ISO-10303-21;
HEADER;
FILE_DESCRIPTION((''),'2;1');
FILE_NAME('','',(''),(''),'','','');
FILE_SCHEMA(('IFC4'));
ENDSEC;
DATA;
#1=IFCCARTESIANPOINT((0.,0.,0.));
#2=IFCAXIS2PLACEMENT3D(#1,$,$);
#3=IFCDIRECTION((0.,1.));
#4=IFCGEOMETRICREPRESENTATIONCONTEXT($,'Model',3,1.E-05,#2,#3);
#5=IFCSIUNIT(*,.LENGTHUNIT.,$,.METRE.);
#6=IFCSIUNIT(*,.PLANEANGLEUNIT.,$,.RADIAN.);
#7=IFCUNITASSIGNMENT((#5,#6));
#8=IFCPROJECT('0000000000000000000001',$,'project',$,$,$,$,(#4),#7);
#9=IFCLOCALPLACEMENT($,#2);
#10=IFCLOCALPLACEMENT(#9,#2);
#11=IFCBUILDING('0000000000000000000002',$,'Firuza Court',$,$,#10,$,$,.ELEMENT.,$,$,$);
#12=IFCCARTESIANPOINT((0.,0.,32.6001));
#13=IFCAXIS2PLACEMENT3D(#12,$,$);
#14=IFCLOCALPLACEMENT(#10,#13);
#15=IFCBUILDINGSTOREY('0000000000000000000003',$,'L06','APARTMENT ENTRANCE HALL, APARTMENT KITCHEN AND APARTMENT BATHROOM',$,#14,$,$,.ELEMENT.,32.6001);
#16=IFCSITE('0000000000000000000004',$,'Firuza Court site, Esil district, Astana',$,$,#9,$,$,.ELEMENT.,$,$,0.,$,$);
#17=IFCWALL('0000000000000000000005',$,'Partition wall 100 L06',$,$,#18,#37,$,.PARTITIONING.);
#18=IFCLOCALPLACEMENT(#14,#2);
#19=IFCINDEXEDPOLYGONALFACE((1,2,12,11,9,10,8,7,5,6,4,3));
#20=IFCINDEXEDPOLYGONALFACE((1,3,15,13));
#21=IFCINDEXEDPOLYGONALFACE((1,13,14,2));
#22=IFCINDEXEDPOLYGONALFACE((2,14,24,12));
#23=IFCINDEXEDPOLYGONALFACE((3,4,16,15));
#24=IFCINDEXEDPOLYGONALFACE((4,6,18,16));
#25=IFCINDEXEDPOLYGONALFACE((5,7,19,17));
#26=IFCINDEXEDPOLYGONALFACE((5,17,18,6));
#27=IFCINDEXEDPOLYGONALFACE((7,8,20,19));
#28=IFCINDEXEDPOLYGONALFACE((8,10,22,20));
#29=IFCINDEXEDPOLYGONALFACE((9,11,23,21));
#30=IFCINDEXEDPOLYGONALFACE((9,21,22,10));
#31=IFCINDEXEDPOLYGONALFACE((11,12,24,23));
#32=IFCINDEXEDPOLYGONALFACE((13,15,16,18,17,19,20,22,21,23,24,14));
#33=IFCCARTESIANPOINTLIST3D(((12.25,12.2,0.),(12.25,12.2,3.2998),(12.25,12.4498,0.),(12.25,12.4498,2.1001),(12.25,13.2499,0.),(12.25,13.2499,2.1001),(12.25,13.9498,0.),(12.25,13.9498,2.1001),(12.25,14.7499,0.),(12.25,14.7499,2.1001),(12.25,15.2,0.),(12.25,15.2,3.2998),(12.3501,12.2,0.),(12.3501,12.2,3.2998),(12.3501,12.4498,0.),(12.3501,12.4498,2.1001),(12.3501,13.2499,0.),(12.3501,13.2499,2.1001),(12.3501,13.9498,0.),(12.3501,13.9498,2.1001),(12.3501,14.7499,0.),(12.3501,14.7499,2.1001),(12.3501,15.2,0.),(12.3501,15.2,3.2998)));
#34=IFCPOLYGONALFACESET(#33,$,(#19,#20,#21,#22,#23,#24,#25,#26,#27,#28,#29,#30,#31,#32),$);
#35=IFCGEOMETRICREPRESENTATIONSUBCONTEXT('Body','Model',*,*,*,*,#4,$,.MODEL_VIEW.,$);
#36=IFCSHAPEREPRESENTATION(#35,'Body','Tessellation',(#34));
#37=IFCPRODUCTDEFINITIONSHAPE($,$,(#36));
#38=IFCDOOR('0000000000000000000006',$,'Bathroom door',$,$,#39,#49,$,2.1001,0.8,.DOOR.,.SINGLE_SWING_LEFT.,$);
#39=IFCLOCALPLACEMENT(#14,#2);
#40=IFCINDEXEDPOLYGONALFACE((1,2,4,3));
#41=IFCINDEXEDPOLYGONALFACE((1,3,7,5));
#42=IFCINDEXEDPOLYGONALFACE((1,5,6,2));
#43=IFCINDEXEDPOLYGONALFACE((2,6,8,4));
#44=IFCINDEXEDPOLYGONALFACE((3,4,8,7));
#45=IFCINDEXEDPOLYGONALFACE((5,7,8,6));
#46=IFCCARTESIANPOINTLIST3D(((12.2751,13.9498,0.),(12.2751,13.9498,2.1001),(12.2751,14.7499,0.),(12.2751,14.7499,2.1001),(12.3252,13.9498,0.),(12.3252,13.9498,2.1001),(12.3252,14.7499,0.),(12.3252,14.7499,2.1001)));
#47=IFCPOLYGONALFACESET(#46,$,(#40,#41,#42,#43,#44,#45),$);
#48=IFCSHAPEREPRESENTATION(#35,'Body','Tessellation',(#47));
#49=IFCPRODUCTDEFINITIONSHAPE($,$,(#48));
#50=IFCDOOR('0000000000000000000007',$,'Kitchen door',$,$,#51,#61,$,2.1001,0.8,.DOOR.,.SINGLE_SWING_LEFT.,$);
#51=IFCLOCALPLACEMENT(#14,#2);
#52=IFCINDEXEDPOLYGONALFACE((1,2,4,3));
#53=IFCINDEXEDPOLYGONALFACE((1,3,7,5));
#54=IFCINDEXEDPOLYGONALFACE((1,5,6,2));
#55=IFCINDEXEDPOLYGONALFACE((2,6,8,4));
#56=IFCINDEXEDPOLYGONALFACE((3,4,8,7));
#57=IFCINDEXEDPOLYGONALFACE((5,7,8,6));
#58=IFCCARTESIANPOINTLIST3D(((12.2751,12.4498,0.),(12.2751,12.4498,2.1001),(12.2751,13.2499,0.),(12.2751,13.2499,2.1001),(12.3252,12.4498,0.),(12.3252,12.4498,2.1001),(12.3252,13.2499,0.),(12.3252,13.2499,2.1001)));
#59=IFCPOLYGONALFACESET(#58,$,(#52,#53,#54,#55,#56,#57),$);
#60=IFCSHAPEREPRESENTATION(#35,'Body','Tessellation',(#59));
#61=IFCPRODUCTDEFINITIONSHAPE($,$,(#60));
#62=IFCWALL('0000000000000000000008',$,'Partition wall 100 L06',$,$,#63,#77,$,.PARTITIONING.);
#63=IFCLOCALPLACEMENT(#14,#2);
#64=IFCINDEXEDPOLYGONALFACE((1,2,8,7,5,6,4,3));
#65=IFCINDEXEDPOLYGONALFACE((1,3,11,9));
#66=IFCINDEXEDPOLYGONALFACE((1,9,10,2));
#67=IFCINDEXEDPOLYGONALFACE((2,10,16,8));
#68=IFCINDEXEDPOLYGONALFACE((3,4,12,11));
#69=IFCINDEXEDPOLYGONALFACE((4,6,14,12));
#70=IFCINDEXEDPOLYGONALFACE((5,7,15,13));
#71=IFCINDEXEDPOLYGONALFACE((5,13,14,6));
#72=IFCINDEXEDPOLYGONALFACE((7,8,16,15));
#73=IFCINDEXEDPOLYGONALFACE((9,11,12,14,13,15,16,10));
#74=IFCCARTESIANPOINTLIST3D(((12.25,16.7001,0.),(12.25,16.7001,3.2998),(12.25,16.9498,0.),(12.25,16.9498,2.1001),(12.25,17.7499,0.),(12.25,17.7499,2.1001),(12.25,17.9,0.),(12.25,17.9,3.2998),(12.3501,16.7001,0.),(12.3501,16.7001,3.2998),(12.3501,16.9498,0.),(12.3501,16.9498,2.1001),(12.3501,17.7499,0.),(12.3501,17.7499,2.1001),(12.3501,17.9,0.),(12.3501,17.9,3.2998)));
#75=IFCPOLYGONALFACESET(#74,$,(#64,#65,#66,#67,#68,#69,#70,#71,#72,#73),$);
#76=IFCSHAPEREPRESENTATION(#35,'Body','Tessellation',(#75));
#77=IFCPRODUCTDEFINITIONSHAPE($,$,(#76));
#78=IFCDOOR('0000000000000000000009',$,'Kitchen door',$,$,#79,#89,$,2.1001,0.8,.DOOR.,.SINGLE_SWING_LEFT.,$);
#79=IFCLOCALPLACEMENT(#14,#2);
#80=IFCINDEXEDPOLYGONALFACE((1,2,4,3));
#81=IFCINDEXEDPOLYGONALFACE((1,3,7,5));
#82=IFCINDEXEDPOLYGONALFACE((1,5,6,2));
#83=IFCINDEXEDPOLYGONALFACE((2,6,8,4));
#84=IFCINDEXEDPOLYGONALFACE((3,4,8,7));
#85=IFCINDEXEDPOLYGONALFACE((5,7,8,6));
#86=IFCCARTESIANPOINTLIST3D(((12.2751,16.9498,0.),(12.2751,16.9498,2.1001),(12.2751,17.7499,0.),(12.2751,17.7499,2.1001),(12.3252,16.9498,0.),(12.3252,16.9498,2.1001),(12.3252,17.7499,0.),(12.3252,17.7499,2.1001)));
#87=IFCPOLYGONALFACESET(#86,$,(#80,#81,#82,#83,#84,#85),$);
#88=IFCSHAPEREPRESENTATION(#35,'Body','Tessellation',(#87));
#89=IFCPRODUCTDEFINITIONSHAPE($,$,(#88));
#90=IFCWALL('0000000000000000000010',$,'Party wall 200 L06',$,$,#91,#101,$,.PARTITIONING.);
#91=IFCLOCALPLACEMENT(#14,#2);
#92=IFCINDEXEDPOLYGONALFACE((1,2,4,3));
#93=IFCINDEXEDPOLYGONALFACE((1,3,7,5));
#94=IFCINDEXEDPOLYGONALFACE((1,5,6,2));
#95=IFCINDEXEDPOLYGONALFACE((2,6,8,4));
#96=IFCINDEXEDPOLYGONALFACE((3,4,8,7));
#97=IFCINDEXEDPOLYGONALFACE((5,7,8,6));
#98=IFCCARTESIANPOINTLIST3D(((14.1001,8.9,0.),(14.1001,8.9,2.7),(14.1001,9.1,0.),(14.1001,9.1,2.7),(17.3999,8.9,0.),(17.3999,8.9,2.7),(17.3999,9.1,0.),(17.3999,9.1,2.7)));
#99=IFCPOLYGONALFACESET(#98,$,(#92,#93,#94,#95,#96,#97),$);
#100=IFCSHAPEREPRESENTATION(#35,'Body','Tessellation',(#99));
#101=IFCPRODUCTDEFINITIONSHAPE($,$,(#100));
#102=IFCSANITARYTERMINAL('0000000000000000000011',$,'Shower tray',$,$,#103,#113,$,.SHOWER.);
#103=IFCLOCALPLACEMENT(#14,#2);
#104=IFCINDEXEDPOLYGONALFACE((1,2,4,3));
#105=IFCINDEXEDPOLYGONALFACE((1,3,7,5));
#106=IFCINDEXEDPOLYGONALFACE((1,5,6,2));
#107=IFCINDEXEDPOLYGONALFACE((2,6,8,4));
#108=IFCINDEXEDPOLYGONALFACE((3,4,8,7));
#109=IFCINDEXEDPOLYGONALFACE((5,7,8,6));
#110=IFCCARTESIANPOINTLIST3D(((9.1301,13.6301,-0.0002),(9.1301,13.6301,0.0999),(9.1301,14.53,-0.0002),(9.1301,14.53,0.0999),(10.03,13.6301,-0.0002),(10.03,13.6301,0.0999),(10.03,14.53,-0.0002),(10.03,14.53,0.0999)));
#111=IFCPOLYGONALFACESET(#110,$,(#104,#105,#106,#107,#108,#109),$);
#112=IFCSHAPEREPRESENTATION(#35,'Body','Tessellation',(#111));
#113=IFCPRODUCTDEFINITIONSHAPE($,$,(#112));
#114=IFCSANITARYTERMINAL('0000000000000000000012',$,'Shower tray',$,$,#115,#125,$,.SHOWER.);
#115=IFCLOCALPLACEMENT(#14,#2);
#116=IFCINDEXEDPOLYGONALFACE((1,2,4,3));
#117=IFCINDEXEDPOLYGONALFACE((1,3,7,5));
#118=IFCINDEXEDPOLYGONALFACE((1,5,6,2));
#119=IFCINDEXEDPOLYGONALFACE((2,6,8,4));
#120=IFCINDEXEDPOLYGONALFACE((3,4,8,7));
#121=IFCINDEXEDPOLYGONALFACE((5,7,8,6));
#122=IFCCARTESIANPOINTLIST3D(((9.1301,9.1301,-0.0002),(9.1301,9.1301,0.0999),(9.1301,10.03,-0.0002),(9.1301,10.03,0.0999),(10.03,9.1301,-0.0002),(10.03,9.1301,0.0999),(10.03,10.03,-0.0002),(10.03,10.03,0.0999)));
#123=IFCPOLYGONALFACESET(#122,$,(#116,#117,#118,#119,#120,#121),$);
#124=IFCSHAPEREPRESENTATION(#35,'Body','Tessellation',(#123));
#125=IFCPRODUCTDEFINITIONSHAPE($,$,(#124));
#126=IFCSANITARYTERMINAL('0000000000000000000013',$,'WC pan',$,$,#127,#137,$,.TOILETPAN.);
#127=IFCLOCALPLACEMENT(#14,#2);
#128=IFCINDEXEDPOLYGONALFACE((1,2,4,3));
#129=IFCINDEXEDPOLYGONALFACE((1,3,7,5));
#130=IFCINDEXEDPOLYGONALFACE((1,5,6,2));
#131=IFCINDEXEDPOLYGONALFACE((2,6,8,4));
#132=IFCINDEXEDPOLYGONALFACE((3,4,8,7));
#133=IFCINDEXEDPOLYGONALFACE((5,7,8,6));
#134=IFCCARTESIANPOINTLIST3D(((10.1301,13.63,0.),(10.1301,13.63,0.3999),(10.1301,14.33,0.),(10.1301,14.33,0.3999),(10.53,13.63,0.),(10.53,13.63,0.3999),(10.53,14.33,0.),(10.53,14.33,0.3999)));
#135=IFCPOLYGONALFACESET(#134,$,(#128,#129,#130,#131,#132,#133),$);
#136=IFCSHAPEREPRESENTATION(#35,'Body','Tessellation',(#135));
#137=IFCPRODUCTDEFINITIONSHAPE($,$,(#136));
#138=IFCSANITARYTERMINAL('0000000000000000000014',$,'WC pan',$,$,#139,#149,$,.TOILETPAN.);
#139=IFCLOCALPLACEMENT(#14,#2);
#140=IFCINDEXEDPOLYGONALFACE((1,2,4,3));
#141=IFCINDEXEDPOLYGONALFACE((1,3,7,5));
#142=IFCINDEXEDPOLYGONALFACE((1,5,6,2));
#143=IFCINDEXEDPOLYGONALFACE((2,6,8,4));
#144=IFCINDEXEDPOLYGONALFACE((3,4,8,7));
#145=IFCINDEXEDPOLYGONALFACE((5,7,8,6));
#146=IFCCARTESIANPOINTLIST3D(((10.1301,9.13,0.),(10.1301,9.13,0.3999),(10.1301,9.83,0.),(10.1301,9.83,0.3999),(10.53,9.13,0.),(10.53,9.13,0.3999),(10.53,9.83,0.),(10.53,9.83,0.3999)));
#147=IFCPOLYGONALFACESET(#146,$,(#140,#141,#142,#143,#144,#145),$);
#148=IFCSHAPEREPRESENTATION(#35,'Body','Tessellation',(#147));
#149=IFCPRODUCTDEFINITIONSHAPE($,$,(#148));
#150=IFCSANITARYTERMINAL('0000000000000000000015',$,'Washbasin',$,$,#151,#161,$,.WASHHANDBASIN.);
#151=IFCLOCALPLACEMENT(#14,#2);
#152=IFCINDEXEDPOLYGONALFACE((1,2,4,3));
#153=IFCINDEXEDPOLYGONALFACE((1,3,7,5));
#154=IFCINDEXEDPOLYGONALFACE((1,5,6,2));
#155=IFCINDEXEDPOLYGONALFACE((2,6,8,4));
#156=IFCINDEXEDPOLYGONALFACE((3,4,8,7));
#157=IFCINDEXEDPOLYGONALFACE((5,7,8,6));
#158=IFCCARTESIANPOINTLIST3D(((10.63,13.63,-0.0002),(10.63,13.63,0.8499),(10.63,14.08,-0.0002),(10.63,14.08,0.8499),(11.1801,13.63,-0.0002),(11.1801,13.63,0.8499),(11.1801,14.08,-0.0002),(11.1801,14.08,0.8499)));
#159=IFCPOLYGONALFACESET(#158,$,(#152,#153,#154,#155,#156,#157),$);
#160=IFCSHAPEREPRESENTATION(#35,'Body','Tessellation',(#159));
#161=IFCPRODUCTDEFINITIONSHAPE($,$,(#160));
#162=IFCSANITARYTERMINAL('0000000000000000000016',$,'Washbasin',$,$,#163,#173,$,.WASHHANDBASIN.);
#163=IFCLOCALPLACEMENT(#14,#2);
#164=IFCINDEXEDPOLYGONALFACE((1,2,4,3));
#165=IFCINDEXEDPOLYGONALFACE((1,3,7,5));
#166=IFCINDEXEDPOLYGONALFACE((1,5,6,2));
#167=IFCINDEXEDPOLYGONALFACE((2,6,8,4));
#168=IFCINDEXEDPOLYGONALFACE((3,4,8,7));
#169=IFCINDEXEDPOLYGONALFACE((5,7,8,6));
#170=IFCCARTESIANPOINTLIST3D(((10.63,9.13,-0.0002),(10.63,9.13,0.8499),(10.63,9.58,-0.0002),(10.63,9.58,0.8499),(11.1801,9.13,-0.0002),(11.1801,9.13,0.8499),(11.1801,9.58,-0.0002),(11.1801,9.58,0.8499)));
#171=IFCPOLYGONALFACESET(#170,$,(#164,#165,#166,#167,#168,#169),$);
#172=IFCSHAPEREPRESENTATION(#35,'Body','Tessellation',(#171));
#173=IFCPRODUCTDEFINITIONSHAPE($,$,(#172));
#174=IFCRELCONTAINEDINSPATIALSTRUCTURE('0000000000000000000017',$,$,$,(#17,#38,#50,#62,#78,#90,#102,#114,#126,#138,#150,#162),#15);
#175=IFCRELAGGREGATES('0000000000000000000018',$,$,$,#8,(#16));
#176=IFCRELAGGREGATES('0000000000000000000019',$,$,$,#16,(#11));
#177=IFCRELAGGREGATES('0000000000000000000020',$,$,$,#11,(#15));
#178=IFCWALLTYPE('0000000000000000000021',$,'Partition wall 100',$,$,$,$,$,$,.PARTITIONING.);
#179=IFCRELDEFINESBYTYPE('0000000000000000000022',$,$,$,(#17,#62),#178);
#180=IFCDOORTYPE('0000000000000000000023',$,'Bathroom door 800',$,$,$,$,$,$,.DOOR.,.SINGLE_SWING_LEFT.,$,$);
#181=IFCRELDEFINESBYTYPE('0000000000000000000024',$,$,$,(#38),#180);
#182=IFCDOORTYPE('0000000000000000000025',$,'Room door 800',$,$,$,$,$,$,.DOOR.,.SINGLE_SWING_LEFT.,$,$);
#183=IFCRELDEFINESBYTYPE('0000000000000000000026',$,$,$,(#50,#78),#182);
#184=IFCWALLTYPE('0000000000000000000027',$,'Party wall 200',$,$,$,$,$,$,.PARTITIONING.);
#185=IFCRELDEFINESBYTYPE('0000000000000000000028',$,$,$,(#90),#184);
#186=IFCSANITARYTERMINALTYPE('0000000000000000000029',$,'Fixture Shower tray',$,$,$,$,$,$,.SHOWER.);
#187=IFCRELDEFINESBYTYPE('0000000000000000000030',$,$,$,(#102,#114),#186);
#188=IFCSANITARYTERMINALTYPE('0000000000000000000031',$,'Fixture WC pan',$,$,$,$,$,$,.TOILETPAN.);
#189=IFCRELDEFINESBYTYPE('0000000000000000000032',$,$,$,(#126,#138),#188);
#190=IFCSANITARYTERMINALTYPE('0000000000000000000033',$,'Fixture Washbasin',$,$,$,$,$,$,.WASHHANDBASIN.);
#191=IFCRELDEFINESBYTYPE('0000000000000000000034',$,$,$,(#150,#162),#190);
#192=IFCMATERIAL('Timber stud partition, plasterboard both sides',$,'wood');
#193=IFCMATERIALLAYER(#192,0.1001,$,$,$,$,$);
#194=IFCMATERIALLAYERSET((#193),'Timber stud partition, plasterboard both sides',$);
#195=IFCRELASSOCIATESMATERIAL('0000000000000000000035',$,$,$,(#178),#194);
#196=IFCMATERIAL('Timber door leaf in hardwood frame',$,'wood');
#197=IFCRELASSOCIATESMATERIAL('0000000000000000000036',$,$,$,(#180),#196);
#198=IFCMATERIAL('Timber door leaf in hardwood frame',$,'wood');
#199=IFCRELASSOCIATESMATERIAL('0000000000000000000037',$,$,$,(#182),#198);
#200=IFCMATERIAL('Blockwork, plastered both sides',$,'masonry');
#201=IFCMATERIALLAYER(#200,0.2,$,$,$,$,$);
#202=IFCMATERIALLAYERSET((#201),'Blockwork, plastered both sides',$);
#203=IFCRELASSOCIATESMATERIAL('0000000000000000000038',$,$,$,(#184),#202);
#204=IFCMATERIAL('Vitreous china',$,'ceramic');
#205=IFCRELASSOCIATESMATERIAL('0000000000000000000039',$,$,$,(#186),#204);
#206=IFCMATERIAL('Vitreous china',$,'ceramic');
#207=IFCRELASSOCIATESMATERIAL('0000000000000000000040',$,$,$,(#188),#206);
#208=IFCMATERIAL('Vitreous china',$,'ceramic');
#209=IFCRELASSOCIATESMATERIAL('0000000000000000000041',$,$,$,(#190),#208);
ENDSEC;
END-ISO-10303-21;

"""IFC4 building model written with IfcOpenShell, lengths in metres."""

from ifc_helpers import new_model, si_unit, direction, frame, frame_2d, origin, origin_2d, place, context, subcontext, project, spatial, rectangle, extrude, material, layer, layer_set, type_object, element, fill, save


model = new_model("IFC4")

# Units and contexts
model_context = context("Model", 3, precision=1e-05, world=origin(), true_north=direction((0.0, 1.0)))
body_context = subcontext(model_context, "Body", "Model", "MODEL_VIEW")
ifc_project = project(units=[si_unit("LENGTHUNIT", "METRE"), si_unit("PLANEANGLEUNIT", "RADIAN")], contexts=[model_context])

# Site, building, storey
site_placement = place(None, origin())
site = spatial("IfcSite", under=ifc_project, at=site_placement, Name="Firuza Court site, Esil district, Astana", CompositionType="ELEMENT", RefElevation=0.0)
building_placement = place(site_placement, origin())
building = spatial("IfcBuilding", under=site, at=building_placement, Name="Firuza Court", CompositionType="ELEMENT")
storey_placement = place(building_placement, frame((0.0, 0.0, 32.6001)))
storey = spatial("IfcBuildingStorey", under=building, at=storey_placement, Name="L06", Description="APARTMENT ENTRANCE HALL, APARTMENT KITCHEN AND APARTMENT BATHROOM", CompositionType="ELEMENT", Elevation=32.6001)

# Shared definitions
ifc_material_1 = material(Name="Timber stud partition, plasterboard both sides", Category="wood")
ifc_layer_1 = layer(ifc_material_1, 0.1001)
ifc_layer_set_1 = layer_set([ifc_layer_1], Name="Timber stud partition, plasterboard both sides")
wall_type_1 = type_object("IfcWallType", Name="Partition wall 100", PredefinedType="PARTITIONING", material=ifc_layer_set_1)
ifc_material_2 = material(Name="Timber door leaf in hardwood frame", Category="wood")
door_type_1 = type_object("IfcDoorType", Name="Bathroom door 800", OperationType="SINGLE_SWING_LEFT", PredefinedType="DOOR", material=ifc_material_2)

# Wall, openings, doors
wall_1_placement = place(storey_placement, frame((12.3, 12.2, 0.0), z_axis=(0.0, 0.0, 1.0), x_axis=(0.0, 1.0, 0.0)))
wall_1 = element("IfcWall", 1, at=wall_1_placement, inside=storey, type_object=wall_type_1, Name="Partition wall 100 L06", PredefinedType="PARTITIONING", context=body_context, shape_type="SweptSolid", body=[
    extrude(rectangle(XDim=3.0, YDim=0.1001, at=frame_2d((1.5, 0.0))), origin(), (0.0, 0.0, 1.0), 3.2998),
])
opening_1_placement = place(wall_1_placement, frame((1.75, 0.0, 0.0)))
opening_1 = element("IfcOpeningElement", 2, at=opening_1_placement, cuts=wall_1, PredefinedType="OPENING", context=body_context, shape_type="SweptSolid", body=[
    extrude(rectangle(XDim=0.8, YDim=2.1001, at=frame_2d((0.3999, 1.05))), frame((0.0, 0.062, 0.0), z_axis=(0.0, -1.0, 0.0), x_axis=(1.0, 0.0, 0.0)), (0.0, 0.0, 1.0), 0.124),
])
opening_2_placement = place(wall_1_placement, frame((0.25, 0.0, 0.0)))
opening_2 = element("IfcOpeningElement", 3, at=opening_2_placement, cuts=wall_1, PredefinedType="OPENING", context=body_context, shape_type="SweptSolid", body=[
    extrude(rectangle(XDim=0.8, YDim=2.1001, at=frame_2d((0.3999, 1.05))), frame((0.0, 0.062, 0.0), z_axis=(0.0, -1.0, 0.0), x_axis=(1.0, 0.0, 0.0)), (0.0, 0.0, 1.0), 0.124),
])
door_1_placement = place(opening_1_placement, origin())
door_1 = element("IfcDoor", 4, at=door_1_placement, inside=storey, type_object=door_type_1, Name="Bathroom door", OperationType="SINGLE_SWING_LEFT", OverallHeight=2.1001, OverallWidth=0.8, PredefinedType="DOOR", context=body_context, shape_type="SweptSolid", body=[
    extrude(rectangle(XDim=0.8, YDim=2.1001, at=frame_2d((0.3999, 1.05))), frame((0.0, 0.0249, 0.0), z_axis=(0.0, -1.0, 0.0), x_axis=(1.0, 0.0, 0.0)), (0.0, 0.0, 1.0), 0.05),
])
fill(opening_1, door_1)
ifc_material_3 = material(Name="Timber door leaf in hardwood frame", Category="wood")
door_type_2 = type_object("IfcDoorType", Name="Room door 800", OperationType="SINGLE_SWING_LEFT", PredefinedType="DOOR", material=ifc_material_3)
door_2_placement = place(opening_2_placement, origin())
door_2 = element("IfcDoor", 5, at=door_2_placement, inside=storey, type_object=door_type_2, Name="Kitchen door", OperationType="SINGLE_SWING_LEFT", OverallHeight=2.1001, OverallWidth=0.8, PredefinedType="DOOR", context=body_context, shape_type="SweptSolid", body=[
    extrude(rectangle(XDim=0.8, YDim=2.1001, at=frame_2d((0.3999, 1.05))), frame((0.0, 0.0249, 0.0), z_axis=(0.0, -1.0, 0.0), x_axis=(1.0, 0.0, 0.0)), (0.0, 0.0, 1.0), 0.05),
])
fill(opening_2, door_2)

# Wall, opening, door
wall_2_placement = place(storey_placement, frame((12.3, 16.7, 0.0), z_axis=(0.0, 0.0, 1.0), x_axis=(0.0, 1.0, 0.0)))
wall_2 = element("IfcWall", 6, at=wall_2_placement, inside=storey, type_object=wall_type_1, Name="Partition wall 100 L06", PredefinedType="PARTITIONING", context=body_context, shape_type="SweptSolid", body=[
    extrude(rectangle(XDim=1.2, YDim=0.1001, at=frame_2d((0.6001, 0.0))), origin(), (0.0, 0.0, 1.0), 3.2998),
])
opening_3_placement = place(wall_2_placement, frame((0.25, 0.0, 0.0)))
opening_3 = element("IfcOpeningElement", 7, at=opening_3_placement, cuts=wall_2, PredefinedType="OPENING", context=body_context, shape_type="SweptSolid", body=[
    extrude(rectangle(XDim=0.8, YDim=2.1001, at=frame_2d((0.3999, 1.05))), frame((0.0, 0.062, 0.0), z_axis=(0.0, -1.0, 0.0), x_axis=(1.0, 0.0, 0.0)), (0.0, 0.0, 1.0), 0.124),
])
door_3_placement = place(opening_3_placement, origin())
door_3 = element("IfcDoor", 8, at=door_3_placement, inside=storey, type_object=door_type_2, Name="Kitchen door", OperationType="SINGLE_SWING_LEFT", OverallHeight=2.1001, OverallWidth=0.8, PredefinedType="DOOR", context=body_context, shape_type="SweptSolid", body=[
    extrude(rectangle(XDim=0.8, YDim=2.1001, at=frame_2d((0.3999, 1.05))), frame((0.0, 0.0249, 0.0), z_axis=(0.0, -1.0, 0.0), x_axis=(1.0, 0.0, 0.0)), (0.0, 0.0, 1.0), 0.05),
])
fill(opening_3, door_3)

# Wall
ifc_material_4 = material(Name="Blockwork, plastered both sides", Category="masonry")
ifc_layer_2 = layer(ifc_material_4, 0.2)
ifc_layer_set_2 = layer_set([ifc_layer_2], Name="Blockwork, plastered both sides")
wall_type_2 = type_object("IfcWallType", Name="Party wall 200", PredefinedType="PARTITIONING", material=ifc_layer_set_2)
wall_3_placement = place(storey_placement, frame((14.1001, 9.0, 0.0), z_axis=(0.0, 0.0, 1.0), x_axis=(1.0, 0.0, 0.0)))
element("IfcWall", 9, at=wall_3_placement, inside=storey, type_object=wall_type_2, Name="Party wall 200 L06", PredefinedType="PARTITIONING", context=body_context, shape_type="SweptSolid", body=[
    extrude(rectangle(XDim=3.2998, YDim=0.2, at=frame_2d((1.6499, 0.0))), origin(), (0.0, 0.0, 1.0), 2.7),
])

# Sanitary terminals
ifc_material_5 = material(Name="Vitreous china", Category="ceramic")
sanitary_terminal_type_1 = type_object("IfcSanitaryTerminalType", Name="Fixture Shower tray", PredefinedType="SHOWER", material=ifc_material_5)
for number, where, z_axis, x_axis, name in (
    (10, (9.5801, 14.0801, -0.0002), (0.0, 0.0, 1.0), (1.0, 0.0, 0.0), "Shower tray"),
    (11, (9.5801, 9.5801, -0.0002), (0.0, 0.0, 1.0), (1.0, 0.0, 0.0), "Shower tray"),
):
    element("IfcSanitaryTerminal", number, at=place(storey_placement, frame(where, z_axis=z_axis, x_axis=x_axis)), inside=storey, type_object=sanitary_terminal_type_1, Name=name, PredefinedType="SHOWER", context=body_context, shape_type="SweptSolid", body=[
        extrude(rectangle(XDim=0.8999, YDim=0.8999, at=origin_2d()), origin(), (0.0, 0.0, 1.0), 0.1001),
    ])
ifc_material_6 = material(Name="Vitreous china", Category="ceramic")
sanitary_terminal_type_2 = type_object("IfcSanitaryTerminalType", Name="Fixture WC pan", PredefinedType="TOILETPAN", material=ifc_material_6)
for number, where, z_axis, x_axis, name in (
    (12, (10.3301, 13.98, 0.0), (0.0, 0.0, 1.0), (1.0, 0.0, 0.0), "WC pan"),
    (13, (10.3301, 9.48, 0.0), (0.0, 0.0, 1.0), (1.0, 0.0, 0.0), "WC pan"),
):
    element("IfcSanitaryTerminal", number, at=place(storey_placement, frame(where, z_axis=z_axis, x_axis=x_axis)), inside=storey, type_object=sanitary_terminal_type_2, Name=name, PredefinedType="TOILETPAN", context=body_context, shape_type="SweptSolid", body=[
        extrude(rectangle(XDim=0.3999, YDim=0.7, at=origin_2d()), origin(), (0.0, 0.0, 1.0), 0.3999),
    ])
ifc_material_7 = material(Name="Vitreous china", Category="ceramic")
sanitary_terminal_type_3 = type_object("IfcSanitaryTerminalType", Name="Fixture Washbasin", PredefinedType="WASHHANDBASIN", material=ifc_material_7)
for number, where, z_axis, x_axis, name in (
    (14, (10.905, 13.855, -0.0002), (0.0, 0.0, 1.0), (1.0, 0.0, 0.0), "Washbasin"),
    (15, (10.905, 9.355, -0.0002), (0.0, 0.0, 1.0), (1.0, 0.0, 0.0), "Washbasin"),
):
    element("IfcSanitaryTerminal", number, at=place(storey_placement, frame(where, z_axis=z_axis, x_axis=x_axis)), inside=storey, type_object=sanitary_terminal_type_3, Name=name, PredefinedType="WASHHANDBASIN", context=body_context, shape_type="SweptSolid", body=[
        extrude(rectangle(XDim=0.55, YDim=0.45, at=origin_2d()), origin(), (0.0, 0.0, 1.0), 0.8501),
    ])

save(model, "model.ifc")
